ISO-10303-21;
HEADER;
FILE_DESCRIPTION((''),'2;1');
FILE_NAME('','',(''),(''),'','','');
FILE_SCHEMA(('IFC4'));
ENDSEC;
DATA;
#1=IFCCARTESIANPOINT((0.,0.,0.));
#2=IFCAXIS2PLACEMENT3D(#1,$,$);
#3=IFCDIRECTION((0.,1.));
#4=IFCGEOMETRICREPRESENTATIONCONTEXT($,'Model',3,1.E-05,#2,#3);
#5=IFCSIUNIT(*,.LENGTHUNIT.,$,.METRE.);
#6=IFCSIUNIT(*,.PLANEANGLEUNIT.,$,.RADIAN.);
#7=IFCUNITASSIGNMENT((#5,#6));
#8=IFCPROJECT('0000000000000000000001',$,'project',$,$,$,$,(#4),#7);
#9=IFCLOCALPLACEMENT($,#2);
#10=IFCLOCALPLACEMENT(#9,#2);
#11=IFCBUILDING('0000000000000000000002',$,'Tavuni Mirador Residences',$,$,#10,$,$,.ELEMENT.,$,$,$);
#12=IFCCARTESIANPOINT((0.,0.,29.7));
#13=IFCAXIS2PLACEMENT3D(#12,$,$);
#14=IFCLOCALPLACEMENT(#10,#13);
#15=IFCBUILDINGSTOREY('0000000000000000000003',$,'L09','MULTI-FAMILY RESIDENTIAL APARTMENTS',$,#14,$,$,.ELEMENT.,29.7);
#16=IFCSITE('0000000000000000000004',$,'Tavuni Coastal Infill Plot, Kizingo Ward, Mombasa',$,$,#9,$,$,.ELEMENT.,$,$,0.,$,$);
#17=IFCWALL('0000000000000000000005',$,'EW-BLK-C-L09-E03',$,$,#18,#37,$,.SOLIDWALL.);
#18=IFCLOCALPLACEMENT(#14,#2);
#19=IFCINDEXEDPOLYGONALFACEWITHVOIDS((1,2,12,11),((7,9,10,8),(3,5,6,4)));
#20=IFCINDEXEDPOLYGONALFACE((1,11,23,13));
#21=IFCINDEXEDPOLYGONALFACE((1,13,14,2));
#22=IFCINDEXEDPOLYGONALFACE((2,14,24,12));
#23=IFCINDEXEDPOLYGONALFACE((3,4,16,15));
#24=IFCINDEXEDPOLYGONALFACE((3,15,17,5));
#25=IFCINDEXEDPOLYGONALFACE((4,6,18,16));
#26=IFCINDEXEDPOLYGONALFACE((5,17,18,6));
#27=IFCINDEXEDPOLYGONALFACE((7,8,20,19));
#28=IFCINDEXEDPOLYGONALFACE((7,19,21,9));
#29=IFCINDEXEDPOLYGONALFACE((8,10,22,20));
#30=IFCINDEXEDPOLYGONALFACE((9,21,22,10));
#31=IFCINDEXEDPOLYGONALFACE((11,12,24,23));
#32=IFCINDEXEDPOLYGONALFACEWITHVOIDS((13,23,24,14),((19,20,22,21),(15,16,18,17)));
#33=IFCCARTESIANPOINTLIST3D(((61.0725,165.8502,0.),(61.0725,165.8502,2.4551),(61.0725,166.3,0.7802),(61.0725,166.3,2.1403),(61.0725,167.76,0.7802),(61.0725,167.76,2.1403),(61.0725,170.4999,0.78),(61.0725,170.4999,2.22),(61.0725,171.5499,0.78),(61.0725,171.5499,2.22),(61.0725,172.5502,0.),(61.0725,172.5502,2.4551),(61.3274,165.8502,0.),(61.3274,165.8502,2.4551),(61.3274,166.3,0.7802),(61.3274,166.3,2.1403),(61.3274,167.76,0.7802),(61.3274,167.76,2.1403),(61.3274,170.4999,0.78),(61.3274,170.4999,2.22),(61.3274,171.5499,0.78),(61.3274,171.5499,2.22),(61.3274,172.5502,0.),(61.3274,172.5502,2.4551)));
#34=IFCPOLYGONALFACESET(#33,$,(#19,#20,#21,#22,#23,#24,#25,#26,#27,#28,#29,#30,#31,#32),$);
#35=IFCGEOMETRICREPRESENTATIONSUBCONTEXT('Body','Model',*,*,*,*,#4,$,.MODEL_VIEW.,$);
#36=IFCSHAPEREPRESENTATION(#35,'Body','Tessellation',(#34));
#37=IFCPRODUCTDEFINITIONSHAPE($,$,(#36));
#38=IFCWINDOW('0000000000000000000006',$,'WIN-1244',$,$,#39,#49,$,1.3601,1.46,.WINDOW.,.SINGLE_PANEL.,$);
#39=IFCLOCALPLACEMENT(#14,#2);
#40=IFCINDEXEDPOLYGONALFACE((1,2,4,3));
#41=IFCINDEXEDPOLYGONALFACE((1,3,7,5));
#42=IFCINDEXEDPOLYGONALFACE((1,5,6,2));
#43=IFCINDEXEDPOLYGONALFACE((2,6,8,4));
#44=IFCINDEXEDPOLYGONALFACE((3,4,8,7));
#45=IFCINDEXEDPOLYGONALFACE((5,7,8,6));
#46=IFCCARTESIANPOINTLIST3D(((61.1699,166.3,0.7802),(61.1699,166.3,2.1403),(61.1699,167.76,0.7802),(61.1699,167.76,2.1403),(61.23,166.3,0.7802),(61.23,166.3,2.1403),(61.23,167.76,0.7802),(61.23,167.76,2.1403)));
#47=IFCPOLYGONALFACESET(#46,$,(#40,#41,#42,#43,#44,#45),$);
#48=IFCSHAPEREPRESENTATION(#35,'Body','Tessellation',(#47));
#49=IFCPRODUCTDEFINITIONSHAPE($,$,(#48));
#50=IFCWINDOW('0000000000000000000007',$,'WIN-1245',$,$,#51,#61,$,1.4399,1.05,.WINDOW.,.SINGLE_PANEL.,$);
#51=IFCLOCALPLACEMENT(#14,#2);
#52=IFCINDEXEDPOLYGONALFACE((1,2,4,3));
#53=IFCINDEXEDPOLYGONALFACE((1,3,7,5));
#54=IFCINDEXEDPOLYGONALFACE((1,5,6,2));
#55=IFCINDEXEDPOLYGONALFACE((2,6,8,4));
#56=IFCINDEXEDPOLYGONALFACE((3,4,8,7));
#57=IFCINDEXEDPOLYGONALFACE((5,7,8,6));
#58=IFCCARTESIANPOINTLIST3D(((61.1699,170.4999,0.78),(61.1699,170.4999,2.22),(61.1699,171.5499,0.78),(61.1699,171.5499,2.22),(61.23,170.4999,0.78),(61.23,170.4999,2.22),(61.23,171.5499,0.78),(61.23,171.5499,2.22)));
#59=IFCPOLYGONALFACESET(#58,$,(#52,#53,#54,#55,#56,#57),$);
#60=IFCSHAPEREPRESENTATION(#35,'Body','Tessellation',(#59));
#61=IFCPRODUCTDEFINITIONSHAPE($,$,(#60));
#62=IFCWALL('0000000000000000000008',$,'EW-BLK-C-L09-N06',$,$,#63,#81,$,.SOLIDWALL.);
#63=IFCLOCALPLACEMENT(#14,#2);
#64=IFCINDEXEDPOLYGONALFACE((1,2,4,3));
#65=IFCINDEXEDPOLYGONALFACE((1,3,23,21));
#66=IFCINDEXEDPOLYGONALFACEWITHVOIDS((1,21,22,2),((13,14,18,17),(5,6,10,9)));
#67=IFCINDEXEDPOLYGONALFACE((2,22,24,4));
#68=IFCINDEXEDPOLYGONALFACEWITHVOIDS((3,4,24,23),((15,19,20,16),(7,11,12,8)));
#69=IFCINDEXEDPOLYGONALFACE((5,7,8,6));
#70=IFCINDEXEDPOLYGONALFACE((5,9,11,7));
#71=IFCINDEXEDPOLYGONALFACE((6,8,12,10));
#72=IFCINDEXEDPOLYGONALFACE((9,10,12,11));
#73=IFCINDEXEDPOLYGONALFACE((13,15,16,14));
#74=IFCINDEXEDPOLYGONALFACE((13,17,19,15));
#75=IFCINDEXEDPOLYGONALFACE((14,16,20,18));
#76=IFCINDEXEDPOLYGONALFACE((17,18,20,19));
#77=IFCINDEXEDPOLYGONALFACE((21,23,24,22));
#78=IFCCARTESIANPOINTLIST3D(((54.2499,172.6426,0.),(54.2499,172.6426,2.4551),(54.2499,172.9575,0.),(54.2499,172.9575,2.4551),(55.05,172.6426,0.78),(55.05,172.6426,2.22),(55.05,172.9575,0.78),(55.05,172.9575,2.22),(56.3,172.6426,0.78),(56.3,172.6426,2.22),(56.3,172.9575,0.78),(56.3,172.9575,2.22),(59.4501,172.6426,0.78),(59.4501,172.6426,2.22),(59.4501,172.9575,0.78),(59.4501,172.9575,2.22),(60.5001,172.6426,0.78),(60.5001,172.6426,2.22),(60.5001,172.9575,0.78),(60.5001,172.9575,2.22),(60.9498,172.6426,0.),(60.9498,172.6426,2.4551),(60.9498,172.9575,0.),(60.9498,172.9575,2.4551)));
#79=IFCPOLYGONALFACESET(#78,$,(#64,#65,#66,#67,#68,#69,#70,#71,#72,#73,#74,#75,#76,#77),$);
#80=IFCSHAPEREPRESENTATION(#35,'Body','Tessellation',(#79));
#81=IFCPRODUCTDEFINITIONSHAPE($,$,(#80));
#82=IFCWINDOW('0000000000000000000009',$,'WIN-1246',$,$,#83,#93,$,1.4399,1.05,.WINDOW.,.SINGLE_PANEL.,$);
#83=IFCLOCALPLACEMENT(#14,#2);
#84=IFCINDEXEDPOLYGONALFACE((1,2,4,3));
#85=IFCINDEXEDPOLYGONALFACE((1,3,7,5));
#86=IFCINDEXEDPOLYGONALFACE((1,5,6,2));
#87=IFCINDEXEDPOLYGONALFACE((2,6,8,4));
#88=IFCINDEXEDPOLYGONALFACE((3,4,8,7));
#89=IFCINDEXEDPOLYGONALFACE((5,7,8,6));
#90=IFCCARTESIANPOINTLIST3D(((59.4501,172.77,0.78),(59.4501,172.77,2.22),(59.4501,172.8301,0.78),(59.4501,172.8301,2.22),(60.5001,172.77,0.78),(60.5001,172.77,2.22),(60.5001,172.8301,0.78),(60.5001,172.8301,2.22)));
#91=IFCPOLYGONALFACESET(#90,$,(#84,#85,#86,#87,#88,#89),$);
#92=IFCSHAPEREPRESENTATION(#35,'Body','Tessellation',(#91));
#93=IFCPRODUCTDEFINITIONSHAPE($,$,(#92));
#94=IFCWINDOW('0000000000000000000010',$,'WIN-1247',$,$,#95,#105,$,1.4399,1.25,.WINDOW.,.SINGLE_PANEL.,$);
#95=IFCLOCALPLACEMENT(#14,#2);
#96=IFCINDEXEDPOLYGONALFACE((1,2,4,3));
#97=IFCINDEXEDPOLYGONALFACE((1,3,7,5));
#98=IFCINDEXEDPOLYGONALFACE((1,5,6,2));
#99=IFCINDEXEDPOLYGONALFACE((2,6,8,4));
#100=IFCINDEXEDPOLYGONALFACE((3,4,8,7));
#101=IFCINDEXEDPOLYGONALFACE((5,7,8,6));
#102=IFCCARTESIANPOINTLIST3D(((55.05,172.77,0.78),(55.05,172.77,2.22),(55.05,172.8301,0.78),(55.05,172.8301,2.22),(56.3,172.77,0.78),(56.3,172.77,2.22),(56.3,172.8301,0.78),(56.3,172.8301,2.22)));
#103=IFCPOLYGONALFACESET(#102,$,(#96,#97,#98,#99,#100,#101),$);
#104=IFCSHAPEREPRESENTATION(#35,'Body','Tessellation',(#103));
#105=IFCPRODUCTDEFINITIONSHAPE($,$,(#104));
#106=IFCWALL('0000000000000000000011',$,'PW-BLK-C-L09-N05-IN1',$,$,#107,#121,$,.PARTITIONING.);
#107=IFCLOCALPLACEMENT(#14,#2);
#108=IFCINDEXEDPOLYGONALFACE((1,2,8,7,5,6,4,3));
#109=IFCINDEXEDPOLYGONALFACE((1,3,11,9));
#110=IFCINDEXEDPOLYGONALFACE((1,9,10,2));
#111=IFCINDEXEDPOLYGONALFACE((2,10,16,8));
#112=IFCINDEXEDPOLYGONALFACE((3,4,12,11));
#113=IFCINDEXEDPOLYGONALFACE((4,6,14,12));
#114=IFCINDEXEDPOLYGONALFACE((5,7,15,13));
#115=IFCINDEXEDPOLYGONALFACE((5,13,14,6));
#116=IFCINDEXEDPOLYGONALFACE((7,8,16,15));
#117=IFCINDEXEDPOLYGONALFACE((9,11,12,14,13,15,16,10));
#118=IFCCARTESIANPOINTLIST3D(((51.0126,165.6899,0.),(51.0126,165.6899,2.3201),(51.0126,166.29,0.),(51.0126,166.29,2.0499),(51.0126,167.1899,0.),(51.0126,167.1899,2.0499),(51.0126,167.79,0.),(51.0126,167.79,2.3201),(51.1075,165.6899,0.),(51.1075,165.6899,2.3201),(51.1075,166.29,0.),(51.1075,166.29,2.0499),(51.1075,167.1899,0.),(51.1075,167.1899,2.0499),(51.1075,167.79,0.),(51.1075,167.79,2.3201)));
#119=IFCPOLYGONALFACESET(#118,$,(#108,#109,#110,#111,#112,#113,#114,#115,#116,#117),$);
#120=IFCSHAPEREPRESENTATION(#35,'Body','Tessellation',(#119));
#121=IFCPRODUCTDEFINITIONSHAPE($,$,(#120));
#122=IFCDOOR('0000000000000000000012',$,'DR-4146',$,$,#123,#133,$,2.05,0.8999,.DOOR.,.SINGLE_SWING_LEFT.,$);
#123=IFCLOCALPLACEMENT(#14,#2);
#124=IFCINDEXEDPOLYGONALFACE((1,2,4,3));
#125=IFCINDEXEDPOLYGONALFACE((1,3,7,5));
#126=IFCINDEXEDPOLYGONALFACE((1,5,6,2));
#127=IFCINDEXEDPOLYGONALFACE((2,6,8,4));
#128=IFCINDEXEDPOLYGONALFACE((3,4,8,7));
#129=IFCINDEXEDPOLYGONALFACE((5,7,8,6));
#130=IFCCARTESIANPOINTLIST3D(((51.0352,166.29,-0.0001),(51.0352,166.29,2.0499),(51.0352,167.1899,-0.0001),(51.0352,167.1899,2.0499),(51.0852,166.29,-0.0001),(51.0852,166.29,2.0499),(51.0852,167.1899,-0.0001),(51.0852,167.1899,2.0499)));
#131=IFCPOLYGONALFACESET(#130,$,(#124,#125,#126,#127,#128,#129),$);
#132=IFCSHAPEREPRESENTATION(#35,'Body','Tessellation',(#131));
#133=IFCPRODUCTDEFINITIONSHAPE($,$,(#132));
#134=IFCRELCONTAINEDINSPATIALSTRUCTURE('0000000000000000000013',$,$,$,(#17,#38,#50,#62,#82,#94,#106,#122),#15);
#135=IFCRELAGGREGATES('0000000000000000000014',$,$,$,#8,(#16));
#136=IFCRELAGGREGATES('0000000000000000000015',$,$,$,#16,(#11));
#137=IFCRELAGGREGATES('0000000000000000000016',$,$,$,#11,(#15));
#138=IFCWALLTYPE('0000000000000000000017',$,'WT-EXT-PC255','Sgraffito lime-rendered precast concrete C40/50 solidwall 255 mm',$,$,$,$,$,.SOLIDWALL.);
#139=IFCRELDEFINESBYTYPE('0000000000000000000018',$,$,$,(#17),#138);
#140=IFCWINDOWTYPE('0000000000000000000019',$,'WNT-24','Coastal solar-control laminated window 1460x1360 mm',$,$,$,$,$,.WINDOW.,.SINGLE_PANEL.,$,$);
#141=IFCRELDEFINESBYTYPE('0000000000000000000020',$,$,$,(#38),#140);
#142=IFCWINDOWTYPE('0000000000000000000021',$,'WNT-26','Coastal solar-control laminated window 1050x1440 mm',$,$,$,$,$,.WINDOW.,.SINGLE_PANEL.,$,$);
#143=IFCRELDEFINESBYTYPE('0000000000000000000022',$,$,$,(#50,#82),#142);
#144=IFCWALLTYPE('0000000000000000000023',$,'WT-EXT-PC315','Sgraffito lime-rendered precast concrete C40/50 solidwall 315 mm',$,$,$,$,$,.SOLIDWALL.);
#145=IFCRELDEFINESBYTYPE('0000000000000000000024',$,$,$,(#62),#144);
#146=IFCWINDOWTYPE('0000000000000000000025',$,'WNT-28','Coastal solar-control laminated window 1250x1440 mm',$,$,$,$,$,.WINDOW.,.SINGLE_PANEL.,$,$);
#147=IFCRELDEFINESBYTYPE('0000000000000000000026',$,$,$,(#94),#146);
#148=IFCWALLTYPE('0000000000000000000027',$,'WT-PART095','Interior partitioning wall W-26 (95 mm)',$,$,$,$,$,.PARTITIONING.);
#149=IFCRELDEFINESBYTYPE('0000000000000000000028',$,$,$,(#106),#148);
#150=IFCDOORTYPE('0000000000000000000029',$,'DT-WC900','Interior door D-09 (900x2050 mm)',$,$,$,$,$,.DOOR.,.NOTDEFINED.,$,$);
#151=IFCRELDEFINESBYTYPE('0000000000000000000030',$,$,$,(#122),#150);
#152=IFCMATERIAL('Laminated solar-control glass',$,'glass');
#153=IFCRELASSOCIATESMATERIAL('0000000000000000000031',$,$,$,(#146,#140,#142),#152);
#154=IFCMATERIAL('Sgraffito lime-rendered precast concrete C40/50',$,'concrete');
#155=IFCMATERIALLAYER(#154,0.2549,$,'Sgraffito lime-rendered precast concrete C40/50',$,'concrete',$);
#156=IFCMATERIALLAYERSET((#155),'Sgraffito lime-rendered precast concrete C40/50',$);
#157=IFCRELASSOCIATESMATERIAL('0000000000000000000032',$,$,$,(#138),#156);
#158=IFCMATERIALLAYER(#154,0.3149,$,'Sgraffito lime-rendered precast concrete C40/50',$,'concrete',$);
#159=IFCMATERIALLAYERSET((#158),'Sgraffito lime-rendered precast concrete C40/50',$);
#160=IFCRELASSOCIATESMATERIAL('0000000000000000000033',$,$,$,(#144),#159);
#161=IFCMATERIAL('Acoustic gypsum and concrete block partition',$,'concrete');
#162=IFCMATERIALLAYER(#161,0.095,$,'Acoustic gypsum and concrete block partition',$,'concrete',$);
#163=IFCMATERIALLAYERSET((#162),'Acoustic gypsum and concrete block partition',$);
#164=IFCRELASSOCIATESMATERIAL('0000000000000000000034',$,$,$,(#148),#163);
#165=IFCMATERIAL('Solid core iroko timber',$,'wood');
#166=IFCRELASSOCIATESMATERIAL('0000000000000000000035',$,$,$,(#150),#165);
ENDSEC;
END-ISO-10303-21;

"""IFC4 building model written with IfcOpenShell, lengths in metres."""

from ifc_helpers import new_model, si_unit, direction, frame, frame_2d, origin, place, context, subcontext, project, spatial, rectangle, extrude, material, layer, layer_set, type_object, element, fill, save


model = new_model("IFC4")

# Units and contexts
model_context = context("Model", 3, precision=1e-05, world=origin(), true_north=direction((0.0, 1.0)))
body_context = subcontext(model_context, "Body", "Model", "MODEL_VIEW")
ifc_project = project(units=[si_unit("LENGTHUNIT", "METRE"), si_unit("PLANEANGLEUNIT", "RADIAN")], contexts=[model_context])

# Site, building, storey
site_placement = place(None, origin())
site = spatial("IfcSite", under=ifc_project, at=site_placement, Name="Tavuni Coastal Infill Plot, Kizingo Ward, Mombasa", CompositionType="ELEMENT", RefElevation=0.0)
building_placement = place(site_placement, origin())
building = spatial("IfcBuilding", under=site, at=building_placement, Name="Tavuni Mirador Residences", CompositionType="ELEMENT")
storey_placement = place(building_placement, frame((0.0, 0.0, 29.7)))
storey = spatial("IfcBuildingStorey", under=building, at=storey_placement, Name="L09", Description="MULTI-FAMILY RESIDENTIAL APARTMENTS", CompositionType="ELEMENT", Elevation=29.7)

# Shared definitions
ifc_material_1 = material(Name="Solid core iroko timber", Category="wood")

# Walls, openings, windows
ifc_material_2 = material(Name="Laminated solar-control glass", Category="glass")
window_type_1 = type_object("IfcWindowType", Name="WNT-28", Description="Coastal solar-control laminated window 1250x1440 mm", PartitioningType="SINGLE_PANEL", PredefinedType="WINDOW", material=ifc_material_2)
ifc_material_3 = material(Name="Sgraffito lime-rendered precast concrete C40/50", Category="concrete")
ifc_layer_1 = layer(ifc_material_3, 0.2549, Name="Sgraffito lime-rendered precast concrete C40/50", Category="concrete")
ifc_layer_set_1 = layer_set([ifc_layer_1], Name="Sgraffito lime-rendered precast concrete C40/50")
wall_type_1 = type_object("IfcWallType", Name="WT-EXT-PC255", Description="Sgraffito lime-rendered precast concrete C40/50 solidwall 255 mm", PredefinedType="SOLIDWALL", material=ifc_layer_set_1)
wall_1_placement = place(storey_placement, frame((61.2, 165.8501, 0.0), z_axis=(0.0, 0.0, 1.0), x_axis=(0.0, 1.0, 0.0)))
wall_1 = element("IfcWall", 1, at=wall_1_placement, inside=storey, type_object=wall_type_1, Name="EW-BLK-C-L09-E03", PredefinedType="SOLIDWALL", context=body_context, shape_type="SweptSolid", body=[
    extrude(rectangle(XDim=6.7, YDim=0.2549, at=frame_2d((3.3501, 0.0))), origin(), (0.0, 0.0, 1.0), 2.4551),
])
opening_1_placement = place(wall_1_placement, frame((0.45, 0.0, 0.78)))
opening_1 = element("IfcOpeningElement", 2, at=opening_1_placement, cuts=wall_1, PredefinedType="OPENING", context=body_context, shape_type="SweptSolid", body=[
    extrude(rectangle(XDim=1.46, YDim=1.3601, at=frame_2d((0.73, 0.6802))), frame((0.0, 0.1375, 0.0), z_axis=(0.0, -1.0, 0.0), x_axis=(1.0, 0.0, 0.0)), (0.0, 0.0, 1.0), 0.2749),
])
opening_2_placement = place(wall_1_placement, frame((4.6499, 0.0, 0.78)))
opening_2 = element("IfcOpeningElement", 3, at=opening_2_placement, cuts=wall_1, PredefinedType="OPENING", context=body_context, shape_type="SweptSolid", body=[
    extrude(rectangle(XDim=1.05, YDim=1.4399, at=frame_2d((0.5249, 0.72))), frame((0.0, 0.1375, 0.0), z_axis=(0.0, -1.0, 0.0), x_axis=(1.0, 0.0, 0.0)), (0.0, 0.0, 1.0), 0.2749),
])
window_type_2 = type_object("IfcWindowType", Name="WNT-24", Description="Coastal solar-control laminated window 1460x1360 mm", PartitioningType="SINGLE_PANEL", PredefinedType="WINDOW", material=ifc_material_2)
window_1_placement = place(opening_1_placement, origin())
window_1 = element("IfcWindow", 4, at=window_1_placement, inside=storey, type_object=window_type_2, Name="WIN-1244", OverallHeight=1.3601, OverallWidth=1.46, PartitioningType="SINGLE_PANEL", PredefinedType="WINDOW", context=body_context, shape_type="SweptSolid", body=[
    extrude(rectangle(XDim=1.46, YDim=1.3601, at=frame_2d((0.73, 0.6802))), frame((0.0, 0.03, 0.0), z_axis=(0.0, -1.0, 0.0), x_axis=(1.0, 0.0, 0.0)), (0.0, 0.0, 1.0), 0.0601),
])
fill(opening_1, window_1)
window_type_3 = type_object("IfcWindowType", Name="WNT-26", Description="Coastal solar-control laminated window 1050x1440 mm", PartitioningType="SINGLE_PANEL", PredefinedType="WINDOW", material=ifc_material_2)
window_2_placement = place(opening_2_placement, origin())
window_2 = element("IfcWindow", 5, at=window_2_placement, inside=storey, type_object=window_type_3, Name="WIN-1245", OverallHeight=1.4399, OverallWidth=1.05, PartitioningType="SINGLE_PANEL", PredefinedType="WINDOW", context=body_context, shape_type="SweptSolid", body=[
    extrude(rectangle(XDim=1.05, YDim=1.4399, at=frame_2d((0.5249, 0.72))), frame((0.0, 0.03, 0.0), z_axis=(0.0, -1.0, 0.0), x_axis=(1.0, 0.0, 0.0)), (0.0, 0.0, 1.0), 0.0601),
])
fill(opening_2, window_2)
ifc_layer_2 = layer(ifc_material_3, 0.3149, Name="Sgraffito lime-rendered precast concrete C40/50", Category="concrete")
ifc_layer_set_2 = layer_set([ifc_layer_2], Name="Sgraffito lime-rendered precast concrete C40/50")
wall_type_2 = type_object("IfcWallType", Name="WT-EXT-PC315", Description="Sgraffito lime-rendered precast concrete C40/50 solidwall 315 mm", PredefinedType="SOLIDWALL", material=ifc_layer_set_2)
wall_2_placement = place(storey_placement, frame((60.95, 172.8, 0.0), z_axis=(0.0, 0.0, 1.0), x_axis=(-1.0, 0.0, 0.0)))
wall_2 = element("IfcWall", 6, at=wall_2_placement, inside=storey, type_object=wall_type_2, Name="EW-BLK-C-L09-N06", PredefinedType="SOLIDWALL", context=body_context, shape_type="SweptSolid", body=[
    extrude(rectangle(XDim=6.7, YDim=0.3149, at=frame_2d((3.3501, 0.0))), origin(), (0.0, 0.0, 1.0), 2.4551),
])
opening_3_placement = place(wall_2_placement, frame((0.45, 0.0, 0.78)))
opening_3 = element("IfcOpeningElement", 7, at=opening_3_placement, cuts=wall_2, PredefinedType="OPENING", context=body_context, shape_type="SweptSolid", body=[
    extrude(rectangle(XDim=1.05, YDim=1.4399, at=frame_2d((0.5249, 0.72))), frame((0.0, 0.1675, 0.0), z_axis=(0.0, -1.0, 0.0), x_axis=(1.0, 0.0, 0.0)), (0.0, 0.0, 1.0), 0.335),
])
opening_4_placement = place(wall_2_placement, frame((4.6499, 0.0, 0.78)))
opening_4 = element("IfcOpeningElement", 8, at=opening_4_placement, cuts=wall_2, PredefinedType="OPENING", context=body_context, shape_type="SweptSolid", body=[
    extrude(rectangle(XDim=1.25, YDim=1.4399, at=frame_2d((0.625, 0.72))), frame((0.0, 0.1675, 0.0), z_axis=(0.0, -1.0, 0.0), x_axis=(1.0, 0.0, 0.0)), (0.0, 0.0, 1.0), 0.335),
])
window_3_placement = place(opening_3_placement, origin())
window_3 = element("IfcWindow", 9, at=window_3_placement, inside=storey, type_object=window_type_3, Name="WIN-1246", OverallHeight=1.4399, OverallWidth=1.05, PartitioningType="SINGLE_PANEL", PredefinedType="WINDOW", context=body_context, shape_type="SweptSolid", body=[
    extrude(rectangle(XDim=1.05, YDim=1.4399, at=frame_2d((0.5249, 0.72))), frame((0.0, 0.03, 0.0), z_axis=(0.0, -1.0, 0.0), x_axis=(1.0, 0.0, 0.0)), (0.0, 0.0, 1.0), 0.0601),
])
fill(opening_3, window_3)
window_4_placement = place(opening_4_placement, origin())
window_4 = element("IfcWindow", 10, at=window_4_placement, inside=storey, type_object=window_type_1, Name="WIN-1247", OverallHeight=1.4399, OverallWidth=1.25, PartitioningType="SINGLE_PANEL", PredefinedType="WINDOW", context=body_context, shape_type="SweptSolid", body=[
    extrude(rectangle(XDim=1.25, YDim=1.4399, at=frame_2d((0.625, 0.72))), frame((0.0, 0.03, 0.0), z_axis=(0.0, -1.0, 0.0), x_axis=(1.0, 0.0, 0.0)), (0.0, 0.0, 1.0), 0.0601),
])
fill(opening_4, window_4)

# Wall, opening, door
ifc_material_4 = material(Name="Acoustic gypsum and concrete block partition", Category="concrete")
ifc_layer_3 = layer(ifc_material_4, 0.095, Name="Acoustic gypsum and concrete block partition", Category="concrete")
ifc_layer_set_3 = layer_set([ifc_layer_3], Name="Acoustic gypsum and concrete block partition")
wall_type_3 = type_object("IfcWallType", Name="WT-PART095", Description="Interior partitioning wall W-26 (95 mm)", PredefinedType="PARTITIONING", material=ifc_layer_set_3)
wall_3_placement = place(storey_placement, frame((51.0601, 165.6899, 0.0), z_axis=(0.0, 0.0, 1.0), x_axis=(0.0, 1.0, 0.0)))
wall_3 = element("IfcWall", 11, at=wall_3_placement, inside=storey, type_object=wall_type_3, Name="PW-BLK-C-L09-N05-IN1", PredefinedType="PARTITIONING", context=body_context, shape_type="SweptSolid", body=[
    extrude(rectangle(XDim=2.1001, YDim=0.095, at=frame_2d((1.05, 0.0))), origin(), (0.0, 0.0, 1.0), 2.3201),
])
opening_5_placement = place(wall_3_placement, frame((0.6001, 0.0, 0.0)))
opening_5 = element("IfcOpeningElement", 12, at=opening_5_placement, cuts=wall_3, PredefinedType="OPENING", context=body_context, shape_type="SweptSolid", body=[
    extrude(rectangle(XDim=0.8999, YDim=2.05, at=frame_2d((0.45, 1.0249))), frame((0.0, 0.0576, 0.0), z_axis=(0.0, -1.0, 0.0), x_axis=(1.0, 0.0, 0.0)), (0.0, 0.0, 1.0), 0.115),
])
door_type_1 = type_object("IfcDoorType", Name="DT-WC900", Description="Interior door D-09 (900x2050 mm)", OperationType="NOTDEFINED", PredefinedType="DOOR", material=ifc_material_1)
door_1_placement = place(opening_5_placement, origin())
door_1 = element("IfcDoor", 13, at=door_1_placement, inside=storey, type_object=door_type_1, Name="DR-4146", OperationType="SINGLE_SWING_LEFT", OverallHeight=2.05, OverallWidth=0.8999, PredefinedType="DOOR", context=body_context, shape_type="SweptSolid", body=[
    extrude(rectangle(XDim=0.8999, YDim=2.05, at=frame_2d((0.45, 1.0249))), frame((0.0, 0.0249, 0.0), z_axis=(0.0, -1.0, 0.0), x_axis=(1.0, 0.0, 0.0)), (0.0, 0.0, 1.0), 0.05),
])
fill(opening_5, door_1)

save(model, "model.ifc")
